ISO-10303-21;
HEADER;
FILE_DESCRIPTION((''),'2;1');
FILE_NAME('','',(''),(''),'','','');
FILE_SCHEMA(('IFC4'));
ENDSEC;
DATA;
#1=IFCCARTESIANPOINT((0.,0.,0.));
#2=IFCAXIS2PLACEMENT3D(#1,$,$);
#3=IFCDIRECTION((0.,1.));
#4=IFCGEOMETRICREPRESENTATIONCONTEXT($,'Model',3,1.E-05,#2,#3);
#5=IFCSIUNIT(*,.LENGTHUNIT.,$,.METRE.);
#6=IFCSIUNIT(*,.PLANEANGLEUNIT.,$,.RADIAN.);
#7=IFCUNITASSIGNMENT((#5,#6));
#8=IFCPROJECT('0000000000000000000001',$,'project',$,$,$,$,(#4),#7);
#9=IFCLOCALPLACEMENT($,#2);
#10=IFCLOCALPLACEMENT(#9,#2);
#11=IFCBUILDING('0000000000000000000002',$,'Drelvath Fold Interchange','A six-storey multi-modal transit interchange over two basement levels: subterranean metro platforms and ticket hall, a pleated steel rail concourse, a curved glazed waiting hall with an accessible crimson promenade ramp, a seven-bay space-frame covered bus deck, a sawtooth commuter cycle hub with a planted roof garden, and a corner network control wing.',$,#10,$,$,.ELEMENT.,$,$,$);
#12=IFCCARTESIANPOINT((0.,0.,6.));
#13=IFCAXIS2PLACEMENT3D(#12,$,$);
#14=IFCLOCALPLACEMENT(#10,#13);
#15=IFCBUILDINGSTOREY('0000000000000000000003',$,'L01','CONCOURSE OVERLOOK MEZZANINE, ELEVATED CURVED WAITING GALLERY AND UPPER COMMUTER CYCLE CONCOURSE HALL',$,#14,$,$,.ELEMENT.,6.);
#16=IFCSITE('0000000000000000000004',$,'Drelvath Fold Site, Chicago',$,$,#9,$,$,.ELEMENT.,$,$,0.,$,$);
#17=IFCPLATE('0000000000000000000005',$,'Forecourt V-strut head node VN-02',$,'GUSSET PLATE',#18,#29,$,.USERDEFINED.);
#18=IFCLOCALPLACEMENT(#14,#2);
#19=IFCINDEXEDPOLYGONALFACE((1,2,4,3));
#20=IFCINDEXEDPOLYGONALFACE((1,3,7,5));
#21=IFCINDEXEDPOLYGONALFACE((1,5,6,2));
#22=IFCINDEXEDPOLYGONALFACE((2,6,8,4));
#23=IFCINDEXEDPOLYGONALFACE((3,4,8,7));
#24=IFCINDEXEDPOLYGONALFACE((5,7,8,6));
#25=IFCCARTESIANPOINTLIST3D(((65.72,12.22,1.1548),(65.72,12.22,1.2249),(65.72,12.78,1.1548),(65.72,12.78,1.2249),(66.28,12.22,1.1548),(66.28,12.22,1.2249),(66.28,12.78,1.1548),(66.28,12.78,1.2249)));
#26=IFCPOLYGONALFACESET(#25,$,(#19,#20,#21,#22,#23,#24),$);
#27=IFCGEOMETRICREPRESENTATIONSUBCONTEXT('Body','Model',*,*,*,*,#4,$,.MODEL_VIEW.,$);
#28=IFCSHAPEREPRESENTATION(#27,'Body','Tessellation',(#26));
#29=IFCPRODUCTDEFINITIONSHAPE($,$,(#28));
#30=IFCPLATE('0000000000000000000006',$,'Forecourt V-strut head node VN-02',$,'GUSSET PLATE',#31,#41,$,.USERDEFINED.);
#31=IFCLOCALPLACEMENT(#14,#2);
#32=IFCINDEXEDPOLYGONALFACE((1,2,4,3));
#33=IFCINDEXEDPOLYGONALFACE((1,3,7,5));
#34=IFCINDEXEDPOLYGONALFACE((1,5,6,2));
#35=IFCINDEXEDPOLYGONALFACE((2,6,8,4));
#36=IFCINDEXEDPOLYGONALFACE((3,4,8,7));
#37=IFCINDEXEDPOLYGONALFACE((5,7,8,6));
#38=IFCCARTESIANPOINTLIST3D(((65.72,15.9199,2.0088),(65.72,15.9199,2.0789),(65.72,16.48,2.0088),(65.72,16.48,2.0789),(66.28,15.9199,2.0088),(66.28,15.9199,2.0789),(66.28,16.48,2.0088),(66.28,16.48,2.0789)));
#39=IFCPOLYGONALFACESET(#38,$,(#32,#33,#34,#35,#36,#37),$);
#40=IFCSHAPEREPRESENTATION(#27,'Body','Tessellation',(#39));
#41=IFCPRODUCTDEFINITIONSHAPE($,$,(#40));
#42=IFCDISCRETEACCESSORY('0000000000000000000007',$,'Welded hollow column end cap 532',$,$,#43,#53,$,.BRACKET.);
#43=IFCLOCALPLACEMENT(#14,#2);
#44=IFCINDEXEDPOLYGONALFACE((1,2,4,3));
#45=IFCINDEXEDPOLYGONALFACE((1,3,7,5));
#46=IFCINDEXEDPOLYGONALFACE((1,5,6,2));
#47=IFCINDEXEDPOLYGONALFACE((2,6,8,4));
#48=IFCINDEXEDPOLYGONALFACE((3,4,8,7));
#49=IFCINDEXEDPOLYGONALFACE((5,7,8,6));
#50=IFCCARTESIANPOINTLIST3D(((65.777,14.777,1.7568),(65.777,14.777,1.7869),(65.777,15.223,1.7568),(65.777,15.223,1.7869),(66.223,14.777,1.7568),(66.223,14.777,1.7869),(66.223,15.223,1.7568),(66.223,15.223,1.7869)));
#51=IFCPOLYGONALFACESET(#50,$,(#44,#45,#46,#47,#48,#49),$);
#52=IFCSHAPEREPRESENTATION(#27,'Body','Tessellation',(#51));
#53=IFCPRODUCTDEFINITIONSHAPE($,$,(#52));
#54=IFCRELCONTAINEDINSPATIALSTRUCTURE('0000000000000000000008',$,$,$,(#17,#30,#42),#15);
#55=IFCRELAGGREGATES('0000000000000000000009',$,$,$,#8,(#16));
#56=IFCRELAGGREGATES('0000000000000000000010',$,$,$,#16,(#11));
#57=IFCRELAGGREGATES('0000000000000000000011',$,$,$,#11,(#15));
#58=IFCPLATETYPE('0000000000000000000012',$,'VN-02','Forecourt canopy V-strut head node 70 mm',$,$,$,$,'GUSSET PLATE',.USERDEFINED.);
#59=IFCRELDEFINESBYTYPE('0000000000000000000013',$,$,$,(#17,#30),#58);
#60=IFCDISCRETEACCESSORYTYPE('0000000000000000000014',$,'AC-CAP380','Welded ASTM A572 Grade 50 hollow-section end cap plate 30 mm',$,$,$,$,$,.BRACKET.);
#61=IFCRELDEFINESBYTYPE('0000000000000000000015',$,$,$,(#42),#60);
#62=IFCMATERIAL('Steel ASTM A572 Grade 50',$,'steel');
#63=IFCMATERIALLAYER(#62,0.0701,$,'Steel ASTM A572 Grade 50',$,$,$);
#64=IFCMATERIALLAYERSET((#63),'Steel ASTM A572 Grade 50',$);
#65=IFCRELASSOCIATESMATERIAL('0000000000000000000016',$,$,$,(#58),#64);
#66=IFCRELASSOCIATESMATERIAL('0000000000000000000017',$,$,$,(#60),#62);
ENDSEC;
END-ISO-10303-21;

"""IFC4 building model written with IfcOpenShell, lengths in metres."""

from ifc_helpers import new_model, si_unit, direction, frame, origin, origin_2d, place, context, subcontext, project, spatial, rectangle, extrude, material, layer, layer_set, type_object, element, save


model = new_model("IFC4")

# Units and contexts
model_context = context("Model", 3, precision=1e-05, world=origin(), true_north=direction((0.0, 1.0)))
body_context = subcontext(model_context, "Body", "Model", "MODEL_VIEW")
ifc_project = project(units=[si_unit("LENGTHUNIT", "METRE"), si_unit("PLANEANGLEUNIT", "RADIAN")], contexts=[model_context])

# Site, building, storey
site_placement = place(None, origin())
site = spatial("IfcSite", under=ifc_project, at=site_placement, Name="Drelvath Fold Site, Chicago", CompositionType="ELEMENT", RefElevation=0.0)
building_placement = place(site_placement, origin())
building = spatial("IfcBuilding", under=site, at=building_placement, Name="Drelvath Fold Interchange", Description="A six-storey multi-modal transit interchange over two basement levels: subterranean metro platforms and ticket hall, a pleated steel rail concourse, a curved glazed waiting hall with an accessible crimson promenade ramp, a seven-bay space-frame covered bus deck, a sawtooth commuter cycle hub with a planted roof garden, and a corner network control wing.", CompositionType="ELEMENT")
storey_placement = place(building_placement, frame((0.0, 0.0, 6.0)))
storey = spatial("IfcBuildingStorey", under=building, at=storey_placement, Name="L01", Description="CONCOURSE OVERLOOK MEZZANINE, ELEVATED CURVED WAITING GALLERY AND UPPER COMMUTER CYCLE CONCOURSE HALL", CompositionType="ELEMENT", Elevation=6.0)

# Plates
ifc_material_1 = material(Name="Steel ASTM A572 Grade 50", Category="steel")
ifc_layer_1 = layer(ifc_material_1, 0.0701, Name="Steel ASTM A572 Grade 50")
ifc_layer_set_1 = layer_set([ifc_layer_1], Name="Steel ASTM A572 Grade 50")
plate_type_1 = type_object("IfcPlateType", Name="VN-02", Description="Forecourt canopy V-strut head node 70 mm", ElementType="GUSSET PLATE", PredefinedType="USERDEFINED", material=ifc_layer_set_1)
for number, where, z_axis, x_axis, name in (
    (1, (66.0, 12.5, 1.1548), (0.0, 0.0, 1.0), (1.0, 0.0, 0.0), "Forecourt V-strut head node VN-02"),
    (2, (66.0, 16.2, 2.0088), (0.0, 0.0, 1.0), (1.0, 0.0, 0.0), "Forecourt V-strut head node VN-02"),
):
    element("IfcPlate", number, at=place(storey_placement, frame(where, z_axis=z_axis, x_axis=x_axis)), inside=storey, type_object=plate_type_1, Name=name, ObjectType="GUSSET PLATE", PredefinedType="USERDEFINED", context=body_context, shape_type="SweptSolid", body=[
        extrude(rectangle(XDim=0.5601, YDim=0.5601, at=origin_2d()), origin(), (0.0, 0.0, 1.0), 0.0701),
    ])

# Discrete accessory
discrete_accessory_type = type_object("IfcDiscreteAccessoryType", Name="AC-CAP380", Description="Welded ASTM A572 Grade 50 hollow-section end cap plate 30 mm", PredefinedType="BRACKET", material=ifc_material_1)
discrete_accessory_placement = place(storey_placement, frame((66.0, 15.0, 1.7568), z_axis=(0.0, 0.0, 1.0), x_axis=(1.0, 0.0, 0.0)))
element("IfcDiscreteAccessory", 3, at=discrete_accessory_placement, inside=storey, type_object=discrete_accessory_type, Name="Welded hollow column end cap 532", PredefinedType="BRACKET", context=body_context, shape_type="SweptSolid", body=[
    extrude(rectangle(XDim=0.446, YDim=0.446, at=origin_2d()), origin(), (0.0, 0.0, 1.0), 0.03),
])

save(model, "model.ifc")
